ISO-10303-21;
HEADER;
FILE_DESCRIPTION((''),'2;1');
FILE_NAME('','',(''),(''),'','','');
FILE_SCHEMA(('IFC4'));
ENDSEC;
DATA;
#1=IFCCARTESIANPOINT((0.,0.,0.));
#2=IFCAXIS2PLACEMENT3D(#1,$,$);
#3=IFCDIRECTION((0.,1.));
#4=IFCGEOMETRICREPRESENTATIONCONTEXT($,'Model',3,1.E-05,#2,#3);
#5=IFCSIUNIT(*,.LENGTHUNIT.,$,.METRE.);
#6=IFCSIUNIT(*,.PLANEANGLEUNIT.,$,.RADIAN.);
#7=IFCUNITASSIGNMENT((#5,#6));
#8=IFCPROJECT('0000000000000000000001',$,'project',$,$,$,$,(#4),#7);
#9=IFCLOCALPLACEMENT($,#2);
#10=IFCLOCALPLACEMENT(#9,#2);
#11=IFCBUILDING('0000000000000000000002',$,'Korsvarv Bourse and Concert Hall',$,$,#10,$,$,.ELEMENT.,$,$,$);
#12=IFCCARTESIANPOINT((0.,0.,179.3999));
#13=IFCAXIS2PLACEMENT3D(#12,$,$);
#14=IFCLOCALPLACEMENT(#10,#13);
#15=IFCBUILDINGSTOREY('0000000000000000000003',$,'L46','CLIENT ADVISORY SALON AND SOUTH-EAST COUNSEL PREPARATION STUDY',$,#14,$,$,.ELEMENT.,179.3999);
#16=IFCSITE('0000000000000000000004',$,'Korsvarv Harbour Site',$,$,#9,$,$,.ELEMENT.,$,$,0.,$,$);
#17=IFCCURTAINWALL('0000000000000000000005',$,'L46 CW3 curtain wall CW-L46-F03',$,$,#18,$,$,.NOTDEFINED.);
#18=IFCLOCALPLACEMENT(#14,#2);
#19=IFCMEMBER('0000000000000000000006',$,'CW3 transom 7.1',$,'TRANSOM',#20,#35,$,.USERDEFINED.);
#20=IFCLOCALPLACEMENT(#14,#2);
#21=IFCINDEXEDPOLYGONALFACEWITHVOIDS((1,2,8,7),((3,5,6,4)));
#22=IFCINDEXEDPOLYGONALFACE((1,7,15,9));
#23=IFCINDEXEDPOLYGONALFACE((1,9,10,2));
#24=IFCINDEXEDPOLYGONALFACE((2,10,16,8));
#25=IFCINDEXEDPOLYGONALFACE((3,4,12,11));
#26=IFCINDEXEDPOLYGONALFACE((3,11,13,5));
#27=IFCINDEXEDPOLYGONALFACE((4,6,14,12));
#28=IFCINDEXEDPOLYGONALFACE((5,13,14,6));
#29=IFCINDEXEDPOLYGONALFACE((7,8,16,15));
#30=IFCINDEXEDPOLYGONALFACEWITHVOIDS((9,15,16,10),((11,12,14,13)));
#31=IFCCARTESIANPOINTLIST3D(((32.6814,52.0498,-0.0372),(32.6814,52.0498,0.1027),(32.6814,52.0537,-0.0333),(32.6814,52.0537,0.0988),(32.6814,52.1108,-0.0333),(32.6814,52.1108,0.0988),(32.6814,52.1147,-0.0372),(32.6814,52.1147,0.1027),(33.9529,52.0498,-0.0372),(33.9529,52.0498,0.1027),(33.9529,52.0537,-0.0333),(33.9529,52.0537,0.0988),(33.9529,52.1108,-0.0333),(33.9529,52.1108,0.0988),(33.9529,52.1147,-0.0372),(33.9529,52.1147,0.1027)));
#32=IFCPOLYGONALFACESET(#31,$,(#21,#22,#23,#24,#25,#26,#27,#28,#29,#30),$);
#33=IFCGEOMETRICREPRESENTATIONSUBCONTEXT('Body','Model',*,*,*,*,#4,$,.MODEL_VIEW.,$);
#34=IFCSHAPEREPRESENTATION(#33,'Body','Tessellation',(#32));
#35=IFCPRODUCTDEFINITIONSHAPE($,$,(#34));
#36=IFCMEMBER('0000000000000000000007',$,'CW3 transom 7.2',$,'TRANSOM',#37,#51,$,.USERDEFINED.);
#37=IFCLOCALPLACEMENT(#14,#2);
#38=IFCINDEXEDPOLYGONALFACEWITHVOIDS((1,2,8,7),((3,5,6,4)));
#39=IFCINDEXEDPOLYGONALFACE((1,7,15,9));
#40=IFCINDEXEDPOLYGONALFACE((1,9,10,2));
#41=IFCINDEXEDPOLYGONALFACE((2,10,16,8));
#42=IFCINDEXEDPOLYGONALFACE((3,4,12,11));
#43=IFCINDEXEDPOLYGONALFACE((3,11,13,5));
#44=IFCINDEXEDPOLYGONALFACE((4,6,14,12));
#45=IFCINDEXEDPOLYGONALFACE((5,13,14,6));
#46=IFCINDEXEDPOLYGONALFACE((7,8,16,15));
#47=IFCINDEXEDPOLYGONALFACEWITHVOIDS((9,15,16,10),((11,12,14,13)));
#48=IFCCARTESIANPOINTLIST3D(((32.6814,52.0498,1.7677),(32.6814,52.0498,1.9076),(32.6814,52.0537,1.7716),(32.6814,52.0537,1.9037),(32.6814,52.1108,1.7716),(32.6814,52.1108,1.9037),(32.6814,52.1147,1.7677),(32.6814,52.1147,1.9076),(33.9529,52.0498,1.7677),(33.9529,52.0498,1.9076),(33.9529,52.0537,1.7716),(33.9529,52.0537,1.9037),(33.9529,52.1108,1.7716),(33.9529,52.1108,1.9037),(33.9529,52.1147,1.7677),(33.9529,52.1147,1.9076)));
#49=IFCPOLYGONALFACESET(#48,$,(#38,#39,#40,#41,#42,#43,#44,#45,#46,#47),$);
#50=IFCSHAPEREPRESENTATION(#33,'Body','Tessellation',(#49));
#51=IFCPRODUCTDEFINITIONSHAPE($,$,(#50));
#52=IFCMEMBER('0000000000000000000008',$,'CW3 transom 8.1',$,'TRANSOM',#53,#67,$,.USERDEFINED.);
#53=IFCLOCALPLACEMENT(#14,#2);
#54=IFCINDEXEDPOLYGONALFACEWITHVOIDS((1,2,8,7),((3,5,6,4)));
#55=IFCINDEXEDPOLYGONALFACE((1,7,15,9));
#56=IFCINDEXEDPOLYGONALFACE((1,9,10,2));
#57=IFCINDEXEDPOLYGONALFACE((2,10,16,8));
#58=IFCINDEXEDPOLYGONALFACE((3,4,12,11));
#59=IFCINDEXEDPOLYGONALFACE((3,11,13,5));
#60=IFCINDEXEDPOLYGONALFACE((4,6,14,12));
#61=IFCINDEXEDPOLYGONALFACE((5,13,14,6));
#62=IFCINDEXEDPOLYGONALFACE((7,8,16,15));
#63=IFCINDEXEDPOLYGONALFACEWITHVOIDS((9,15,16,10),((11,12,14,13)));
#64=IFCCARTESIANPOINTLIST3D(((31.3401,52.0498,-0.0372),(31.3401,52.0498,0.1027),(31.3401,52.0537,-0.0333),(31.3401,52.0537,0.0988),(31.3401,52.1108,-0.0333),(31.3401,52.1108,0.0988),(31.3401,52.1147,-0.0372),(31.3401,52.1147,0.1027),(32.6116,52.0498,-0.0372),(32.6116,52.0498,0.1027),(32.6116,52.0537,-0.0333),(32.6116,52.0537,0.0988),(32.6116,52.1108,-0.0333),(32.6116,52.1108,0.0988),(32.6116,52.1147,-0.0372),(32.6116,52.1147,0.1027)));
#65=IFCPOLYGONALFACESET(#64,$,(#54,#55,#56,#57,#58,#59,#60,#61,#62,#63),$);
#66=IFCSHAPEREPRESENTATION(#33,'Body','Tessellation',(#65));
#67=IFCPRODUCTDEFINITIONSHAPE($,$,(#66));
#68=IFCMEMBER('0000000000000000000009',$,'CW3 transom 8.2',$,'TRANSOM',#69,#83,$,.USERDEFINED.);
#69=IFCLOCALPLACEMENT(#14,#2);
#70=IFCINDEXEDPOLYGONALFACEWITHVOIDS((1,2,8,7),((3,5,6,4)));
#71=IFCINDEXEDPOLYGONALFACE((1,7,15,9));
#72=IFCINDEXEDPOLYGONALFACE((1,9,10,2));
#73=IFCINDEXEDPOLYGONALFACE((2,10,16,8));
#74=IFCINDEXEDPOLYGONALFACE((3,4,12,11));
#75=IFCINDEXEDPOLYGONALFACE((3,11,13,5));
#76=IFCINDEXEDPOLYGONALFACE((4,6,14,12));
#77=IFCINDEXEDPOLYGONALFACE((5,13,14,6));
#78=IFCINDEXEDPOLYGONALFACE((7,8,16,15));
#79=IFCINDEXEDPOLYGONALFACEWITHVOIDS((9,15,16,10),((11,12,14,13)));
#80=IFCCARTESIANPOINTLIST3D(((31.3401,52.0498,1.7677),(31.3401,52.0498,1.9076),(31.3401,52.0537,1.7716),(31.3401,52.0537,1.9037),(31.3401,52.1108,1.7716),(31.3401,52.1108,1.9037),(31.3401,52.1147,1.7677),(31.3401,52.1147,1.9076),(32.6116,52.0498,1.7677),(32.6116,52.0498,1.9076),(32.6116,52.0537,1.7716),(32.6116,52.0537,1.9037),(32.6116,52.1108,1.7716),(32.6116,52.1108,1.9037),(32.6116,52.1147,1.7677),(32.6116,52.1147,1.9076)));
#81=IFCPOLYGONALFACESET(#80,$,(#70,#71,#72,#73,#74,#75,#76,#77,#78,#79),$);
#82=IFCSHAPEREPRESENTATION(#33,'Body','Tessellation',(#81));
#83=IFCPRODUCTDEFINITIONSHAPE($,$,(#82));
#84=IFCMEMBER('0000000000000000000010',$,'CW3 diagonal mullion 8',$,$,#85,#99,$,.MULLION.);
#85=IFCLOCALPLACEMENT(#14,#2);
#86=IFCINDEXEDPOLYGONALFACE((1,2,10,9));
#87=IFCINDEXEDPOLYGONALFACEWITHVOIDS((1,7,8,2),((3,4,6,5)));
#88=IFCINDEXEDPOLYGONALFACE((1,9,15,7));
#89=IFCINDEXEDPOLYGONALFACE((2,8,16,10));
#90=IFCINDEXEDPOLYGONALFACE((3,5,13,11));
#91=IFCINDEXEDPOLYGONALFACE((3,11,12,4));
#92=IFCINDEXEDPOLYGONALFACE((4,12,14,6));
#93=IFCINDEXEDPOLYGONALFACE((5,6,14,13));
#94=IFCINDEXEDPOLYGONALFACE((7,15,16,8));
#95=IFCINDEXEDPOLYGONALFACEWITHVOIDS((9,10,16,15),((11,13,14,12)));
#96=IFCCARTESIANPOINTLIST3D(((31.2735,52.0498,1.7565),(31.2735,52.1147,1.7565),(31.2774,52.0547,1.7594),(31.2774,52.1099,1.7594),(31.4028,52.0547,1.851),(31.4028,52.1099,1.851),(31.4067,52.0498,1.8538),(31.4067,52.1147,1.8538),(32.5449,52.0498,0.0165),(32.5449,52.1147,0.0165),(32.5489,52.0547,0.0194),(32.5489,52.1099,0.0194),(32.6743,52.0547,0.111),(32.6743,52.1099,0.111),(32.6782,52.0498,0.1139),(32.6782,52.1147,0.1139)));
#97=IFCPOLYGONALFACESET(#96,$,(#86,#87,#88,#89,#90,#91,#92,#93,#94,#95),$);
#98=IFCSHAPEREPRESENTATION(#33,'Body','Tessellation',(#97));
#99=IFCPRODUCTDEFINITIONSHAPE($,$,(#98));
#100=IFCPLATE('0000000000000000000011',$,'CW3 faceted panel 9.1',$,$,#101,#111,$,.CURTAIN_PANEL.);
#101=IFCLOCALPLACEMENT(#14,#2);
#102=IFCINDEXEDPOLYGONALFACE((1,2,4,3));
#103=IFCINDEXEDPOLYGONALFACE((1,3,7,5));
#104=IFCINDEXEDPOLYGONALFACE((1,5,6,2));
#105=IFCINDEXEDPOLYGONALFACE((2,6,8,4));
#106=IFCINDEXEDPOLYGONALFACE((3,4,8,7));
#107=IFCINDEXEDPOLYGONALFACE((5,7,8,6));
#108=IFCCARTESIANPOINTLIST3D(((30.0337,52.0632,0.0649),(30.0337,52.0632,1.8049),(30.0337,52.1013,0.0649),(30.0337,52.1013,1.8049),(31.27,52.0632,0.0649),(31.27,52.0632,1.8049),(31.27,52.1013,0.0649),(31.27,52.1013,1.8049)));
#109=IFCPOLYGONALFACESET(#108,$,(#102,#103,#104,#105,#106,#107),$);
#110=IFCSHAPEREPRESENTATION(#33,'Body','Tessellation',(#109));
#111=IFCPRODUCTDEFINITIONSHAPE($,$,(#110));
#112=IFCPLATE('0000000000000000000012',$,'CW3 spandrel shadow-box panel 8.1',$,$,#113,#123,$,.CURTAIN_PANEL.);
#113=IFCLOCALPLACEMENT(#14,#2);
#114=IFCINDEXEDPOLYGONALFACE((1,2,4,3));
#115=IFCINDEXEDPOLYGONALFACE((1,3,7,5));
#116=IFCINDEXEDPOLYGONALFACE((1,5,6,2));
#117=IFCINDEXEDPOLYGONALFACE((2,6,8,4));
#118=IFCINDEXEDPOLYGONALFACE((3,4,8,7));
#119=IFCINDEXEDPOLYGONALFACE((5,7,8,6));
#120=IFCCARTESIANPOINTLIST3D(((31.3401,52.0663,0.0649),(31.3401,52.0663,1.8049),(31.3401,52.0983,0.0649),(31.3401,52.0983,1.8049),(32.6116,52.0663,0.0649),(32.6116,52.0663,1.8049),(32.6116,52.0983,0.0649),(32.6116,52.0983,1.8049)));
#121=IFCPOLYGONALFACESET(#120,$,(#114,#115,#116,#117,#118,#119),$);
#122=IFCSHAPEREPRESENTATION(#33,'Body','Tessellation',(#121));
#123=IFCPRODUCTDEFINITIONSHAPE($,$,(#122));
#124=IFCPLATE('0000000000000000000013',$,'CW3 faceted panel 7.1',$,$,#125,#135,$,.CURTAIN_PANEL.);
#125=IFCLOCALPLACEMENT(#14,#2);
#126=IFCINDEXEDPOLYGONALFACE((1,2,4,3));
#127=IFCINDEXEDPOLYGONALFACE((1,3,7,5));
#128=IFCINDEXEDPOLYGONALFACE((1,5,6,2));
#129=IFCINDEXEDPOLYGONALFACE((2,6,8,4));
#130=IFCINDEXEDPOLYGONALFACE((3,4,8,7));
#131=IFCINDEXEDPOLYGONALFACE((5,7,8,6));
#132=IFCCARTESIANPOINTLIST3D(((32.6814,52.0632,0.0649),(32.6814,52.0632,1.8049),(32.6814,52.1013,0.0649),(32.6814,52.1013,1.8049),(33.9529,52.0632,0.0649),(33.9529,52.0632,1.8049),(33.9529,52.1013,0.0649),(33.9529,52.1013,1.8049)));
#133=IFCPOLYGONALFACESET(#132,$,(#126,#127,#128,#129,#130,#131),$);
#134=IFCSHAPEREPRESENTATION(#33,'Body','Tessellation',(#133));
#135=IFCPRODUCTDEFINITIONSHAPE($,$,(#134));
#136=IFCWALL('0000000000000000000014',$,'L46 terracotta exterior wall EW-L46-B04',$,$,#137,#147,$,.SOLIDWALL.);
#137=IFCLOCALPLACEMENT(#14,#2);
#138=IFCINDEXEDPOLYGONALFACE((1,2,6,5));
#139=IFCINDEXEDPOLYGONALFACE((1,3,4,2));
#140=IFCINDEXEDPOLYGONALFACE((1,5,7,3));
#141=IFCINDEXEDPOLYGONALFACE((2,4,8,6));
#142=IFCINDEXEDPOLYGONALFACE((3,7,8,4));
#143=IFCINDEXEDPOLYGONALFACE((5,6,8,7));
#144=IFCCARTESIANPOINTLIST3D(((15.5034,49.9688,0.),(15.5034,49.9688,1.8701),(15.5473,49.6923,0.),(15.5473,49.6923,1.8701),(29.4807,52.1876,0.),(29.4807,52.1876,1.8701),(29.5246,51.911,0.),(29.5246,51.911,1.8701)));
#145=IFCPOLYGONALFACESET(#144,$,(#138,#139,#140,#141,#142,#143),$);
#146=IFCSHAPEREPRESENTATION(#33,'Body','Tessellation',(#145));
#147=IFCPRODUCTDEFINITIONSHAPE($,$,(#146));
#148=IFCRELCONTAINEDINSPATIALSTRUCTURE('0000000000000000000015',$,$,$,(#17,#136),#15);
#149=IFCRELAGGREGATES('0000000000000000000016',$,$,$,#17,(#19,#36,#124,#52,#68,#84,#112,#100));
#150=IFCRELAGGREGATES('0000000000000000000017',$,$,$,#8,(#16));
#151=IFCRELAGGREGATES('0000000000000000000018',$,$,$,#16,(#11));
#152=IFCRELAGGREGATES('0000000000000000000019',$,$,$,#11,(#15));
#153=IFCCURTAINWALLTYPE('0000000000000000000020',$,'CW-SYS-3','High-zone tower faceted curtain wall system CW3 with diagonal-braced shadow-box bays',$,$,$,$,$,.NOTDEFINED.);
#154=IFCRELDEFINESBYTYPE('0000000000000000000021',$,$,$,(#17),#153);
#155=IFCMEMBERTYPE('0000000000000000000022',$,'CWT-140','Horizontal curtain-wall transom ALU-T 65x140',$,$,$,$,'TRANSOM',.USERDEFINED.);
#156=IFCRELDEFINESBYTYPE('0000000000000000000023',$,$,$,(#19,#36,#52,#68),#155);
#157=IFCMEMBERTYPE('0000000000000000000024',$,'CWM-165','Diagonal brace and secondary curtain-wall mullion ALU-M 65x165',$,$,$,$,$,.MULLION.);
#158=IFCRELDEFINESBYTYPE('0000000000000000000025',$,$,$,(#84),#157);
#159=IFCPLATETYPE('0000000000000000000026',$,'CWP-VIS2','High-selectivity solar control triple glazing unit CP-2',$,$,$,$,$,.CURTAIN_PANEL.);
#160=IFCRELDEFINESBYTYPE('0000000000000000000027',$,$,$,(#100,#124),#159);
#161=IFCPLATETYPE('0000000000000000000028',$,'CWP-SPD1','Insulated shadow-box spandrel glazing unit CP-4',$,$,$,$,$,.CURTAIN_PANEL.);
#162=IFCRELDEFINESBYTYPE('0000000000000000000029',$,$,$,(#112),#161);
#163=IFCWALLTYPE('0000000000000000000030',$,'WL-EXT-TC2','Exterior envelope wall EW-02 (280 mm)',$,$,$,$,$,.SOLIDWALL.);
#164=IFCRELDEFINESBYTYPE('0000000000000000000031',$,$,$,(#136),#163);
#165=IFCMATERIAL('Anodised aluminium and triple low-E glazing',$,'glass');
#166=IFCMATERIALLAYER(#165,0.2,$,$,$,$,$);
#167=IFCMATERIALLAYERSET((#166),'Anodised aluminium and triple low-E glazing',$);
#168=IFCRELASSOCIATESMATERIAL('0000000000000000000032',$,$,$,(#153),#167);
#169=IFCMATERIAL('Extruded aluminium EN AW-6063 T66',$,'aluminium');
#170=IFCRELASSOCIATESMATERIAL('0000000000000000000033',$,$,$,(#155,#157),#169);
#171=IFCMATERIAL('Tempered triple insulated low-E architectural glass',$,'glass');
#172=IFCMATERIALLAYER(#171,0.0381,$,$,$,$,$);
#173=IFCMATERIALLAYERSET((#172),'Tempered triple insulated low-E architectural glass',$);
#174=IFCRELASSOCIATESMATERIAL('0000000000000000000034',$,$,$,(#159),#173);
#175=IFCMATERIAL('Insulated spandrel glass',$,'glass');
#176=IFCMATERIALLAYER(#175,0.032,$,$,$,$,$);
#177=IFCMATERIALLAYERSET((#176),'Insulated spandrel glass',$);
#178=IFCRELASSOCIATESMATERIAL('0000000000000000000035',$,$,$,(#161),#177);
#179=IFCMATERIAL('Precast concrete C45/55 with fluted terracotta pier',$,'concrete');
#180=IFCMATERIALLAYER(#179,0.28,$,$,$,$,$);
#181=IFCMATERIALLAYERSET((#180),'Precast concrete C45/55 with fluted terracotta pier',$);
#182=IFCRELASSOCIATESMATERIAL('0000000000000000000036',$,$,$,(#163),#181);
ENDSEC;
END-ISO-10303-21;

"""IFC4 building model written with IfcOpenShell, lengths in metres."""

from ifc_helpers import new_model, si_unit, direction, frame, frame_2d, origin, origin_2d, place, context, subcontext, project, spatial, rectangle, hollow_rectangle, extrude, source, transform, mapped, material, layer, layer_set, material_profile, profile_set, type_object, element, aggregate, save


model = new_model("IFC4")

# Units and contexts
model_context = context("Model", 3, precision=1e-05, world=origin(), true_north=direction((0.0, 1.0)))
body_context = subcontext(model_context, "Body", "Model", "MODEL_VIEW")
ifc_project = project(units=[si_unit("LENGTHUNIT", "METRE"), si_unit("PLANEANGLEUNIT", "RADIAN")], contexts=[model_context])

# Site, building, storey
site_placement = place(None, origin())
site = spatial("IfcSite", under=ifc_project, at=site_placement, Name="Korsvarv Harbour Site", CompositionType="ELEMENT", RefElevation=0.0)
building_placement = place(site_placement, origin())
building = spatial("IfcBuilding", under=site, at=building_placement, Name="Korsvarv Bourse and Concert Hall", CompositionType="ELEMENT")
storey_placement = place(building_placement, frame((0.0, 0.0, 179.3999)))
storey = spatial("IfcBuildingStorey", under=building, at=storey_placement, Name="L46", Description="CLIENT ADVISORY SALON AND SOUTH-EAST COUNSEL PREPARATION STUDY", CompositionType="ELEMENT", Elevation=179.3999)

# Curtain wall, members, plates
ifc_material_1 = material(Name="Anodised aluminium and triple low-E glazing", Category="glass")
ifc_layer_1 = layer(ifc_material_1, 0.2)
ifc_layer_set_1 = layer_set([ifc_layer_1], Name="Anodised aluminium and triple low-E glazing")
curtain_wall_type = type_object("IfcCurtainWallType", Name="CW-SYS-3", Description="High-zone tower faceted curtain wall system CW3 with diagonal-braced shadow-box bays", PredefinedType="NOTDEFINED", material=ifc_layer_set_1)
curtain_wall_placement = place(storey_placement, origin())
curtain_wall = element("IfcCurtainWall", 1, at=curtain_wall_placement, inside=storey, type_object=curtain_wall_type, Name="L46 CW3 curtain wall CW-L46-F03", PredefinedType="NOTDEFINED")
ifc_material_2 = material(Name="Extruded aluminium EN AW-6063 T66", Category="aluminium")
ifc_material_profile_1 = material_profile(ifc_material_2, hollow_rectangle(XDim=0.0649, YDim=0.1399, WallThickness=0.0039, at=origin_2d()), Name="ALU-T 65x140")
ifc_profile_set_1 = profile_set([ifc_material_profile_1], Name="Extruded aluminium EN AW-6063 T66")
member_type_1 = type_object("IfcMemberType", Name="CWT-140", Description="Horizontal curtain-wall transom ALU-T 65x140", ElementType="TRANSOM", PredefinedType="USERDEFINED", material=ifc_profile_set_1)
shared_shape_1 = source(origin(), body_context, "Body", "SweptSolid", [
    extrude(hollow_rectangle(XDim=0.0649, YDim=0.1399, WallThickness=0.0039, at=origin_2d()), origin(), (0.0, 0.0, 1.0), 1.2715),
])
member_1_placement = place(storey_placement, frame((33.9529, 52.0823, 0.0327), z_axis=(-1.0, 0.0, 0.0), x_axis=(0.0, -1.0, 0.0)))
member_1 = element("IfcMember", 2, at=member_1_placement, type_object=member_type_1, Name="CW3 transom 7.1", ObjectType="TRANSOM", PredefinedType="USERDEFINED", context=body_context, shape_type="MappedRepresentation", body=[
    mapped(shared_shape_1, transform((0.0, 0.0, 0.0), scale=1.0)),
])
member_2_placement = place(storey_placement, frame((33.9529, 52.0823, 1.8376), z_axis=(-1.0, 0.0, 0.0), x_axis=(0.0, -1.0, 0.0)))
member_2 = element("IfcMember", 3, at=member_2_placement, type_object=member_type_1, Name="CW3 transom 7.2", ObjectType="TRANSOM", PredefinedType="USERDEFINED", context=body_context, shape_type="MappedRepresentation", body=[
    mapped(shared_shape_1, transform((0.0, 0.0, 0.0), scale=1.0)),
])
member_3_placement = place(storey_placement, frame((32.6116, 52.0823, 0.0327), z_axis=(-1.0, 0.0, 0.0), x_axis=(0.0, -1.0, 0.0)))
member_3 = element("IfcMember", 4, at=member_3_placement, type_object=member_type_1, Name="CW3 transom 8.1", ObjectType="TRANSOM", PredefinedType="USERDEFINED", context=body_context, shape_type="MappedRepresentation", body=[
    mapped(shared_shape_1, transform((0.0, 0.0, 0.0), scale=1.0)),
])
member_4_placement = place(storey_placement, frame((32.6116, 52.0823, 1.8376), z_axis=(-1.0, 0.0, 0.0), x_axis=(0.0, -1.0, 0.0)))
member_4 = element("IfcMember", 5, at=member_4_placement, type_object=member_type_1, Name="CW3 transom 8.2", ObjectType="TRANSOM", PredefinedType="USERDEFINED", context=body_context, shape_type="MappedRepresentation", body=[
    mapped(shared_shape_1, transform((0.0, 0.0, 0.0), scale=1.0)),
])
ifc_material_profile_2 = material_profile(ifc_material_2, hollow_rectangle(XDim=0.0649, YDim=0.165, WallThickness=0.0049, at=origin_2d()), Name="ALU-M 65x165")
ifc_profile_set_2 = profile_set([ifc_material_profile_2], Name="Extruded aluminium EN AW-6063 T66")
member_type_2 = type_object("IfcMemberType", Name="CWM-165", Description="Diagonal brace and secondary curtain-wall mullion ALU-M 65x165", PredefinedType="MULLION", material=ifc_profile_set_2)
shared_shape_2 = source(origin(), body_context, "Body", "SweptSolid", [
    extrude(hollow_rectangle(XDim=0.0649, YDim=0.165, WallThickness=0.0049, at=origin_2d()), origin(), (0.0, 0.0, 1.0), 2.155),
])
member_5_placement = place(storey_placement, frame((32.6116, 52.0823, 0.0652), z_axis=(-0.590002, 0.0, 0.807402), x_axis=(0.0, -1.0, 0.0)))
member_5 = element("IfcMember", 6, at=member_5_placement, type_object=member_type_2, Name="CW3 diagonal mullion 8", PredefinedType="MULLION", context=body_context, shape_type="MappedRepresentation", body=[
    mapped(shared_shape_2, transform((0.0, 0.0, 0.0), scale=1.0)),
])
ifc_material_3 = material(Name="Tempered triple insulated low-E architectural glass", Category="glass")
ifc_layer_2 = layer(ifc_material_3, 0.0381)
ifc_layer_set_2 = layer_set([ifc_layer_2], Name="Tempered triple insulated low-E architectural glass")
plate_type_1 = type_object("IfcPlateType", Name="CWP-VIS2", Description="High-selectivity solar control triple glazing unit CP-2", PredefinedType="CURTAIN_PANEL", material=ifc_layer_set_2)
shared_shape_3 = source(origin(), body_context, "Body", "SweptSolid", [
    extrude(rectangle(XDim=1.2363, YDim=0.0381, at=origin_2d()), origin(), (0.0, 0.0, 1.0), 1.74),
])
plate_1_placement = place(storey_placement, frame((30.6519, 52.0823, 0.0649), z_axis=(0.0, 0.0, 1.0), x_axis=(-1.0, 0.0, 0.0)))
plate_1 = element("IfcPlate", 7, at=plate_1_placement, type_object=plate_type_1, Name="CW3 faceted panel 9.1", PredefinedType="CURTAIN_PANEL", context=body_context, shape_type="MappedRepresentation", body=[
    mapped(shared_shape_3, transform((0.0, 0.0, 0.0), scale=1.0)),
])
ifc_material_4 = material(Name="Insulated spandrel glass", Category="glass")
ifc_layer_3 = layer(ifc_material_4, 0.032)
ifc_layer_set_3 = layer_set([ifc_layer_3], Name="Insulated spandrel glass")
plate_type_2 = type_object("IfcPlateType", Name="CWP-SPD1", Description="Insulated shadow-box spandrel glazing unit CP-4", PredefinedType="CURTAIN_PANEL", material=ifc_layer_set_3)
shared_shape_4 = source(origin(), body_context, "Body", "SweptSolid", [
    extrude(rectangle(XDim=1.2715, YDim=0.032, at=origin_2d()), origin(), (0.0, 0.0, 1.0), 1.74),
])
plate_2_placement = place(storey_placement, frame((31.9758, 52.0823, 0.0649), z_axis=(0.0, 0.0, 1.0), x_axis=(-1.0, 0.0, 0.0)))
plate_2 = element("IfcPlate", 8, at=plate_2_placement, type_object=plate_type_2, Name="CW3 spandrel shadow-box panel 8.1", PredefinedType="CURTAIN_PANEL", context=body_context, shape_type="MappedRepresentation", body=[
    mapped(shared_shape_4, transform((0.0, 0.0, 0.0), scale=1.0)),
])
shared_shape_5 = source(origin(), body_context, "Body", "SweptSolid", [
    extrude(rectangle(XDim=1.2715, YDim=0.0381, at=origin_2d()), origin(), (0.0, 0.0, 1.0), 1.74),
])
plate_3_placement = place(storey_placement, frame((33.3171, 52.0823, 0.0649), z_axis=(0.0, 0.0, 1.0), x_axis=(-1.0, 0.0, 0.0)))
plate_3 = element("IfcPlate", 9, at=plate_3_placement, type_object=plate_type_1, Name="CW3 faceted panel 7.1", PredefinedType="CURTAIN_PANEL", context=body_context, shape_type="MappedRepresentation", body=[
    mapped(shared_shape_5, transform((0.0, 0.0, 0.0), scale=1.0)),
])
aggregate(curtain_wall, [member_1, member_2, plate_3, member_3, member_4, member_5, plate_2, plate_1])

# Wall
ifc_material_5 = material(Name="Precast concrete C45/55 with fluted terracotta pier", Category="concrete")
ifc_layer_4 = layer(ifc_material_5, 0.28)
ifc_layer_set_4 = layer_set([ifc_layer_4], Name="Precast concrete C45/55 with fluted terracotta pier")
wall_type = type_object("IfcWallType", Name="WL-EXT-TC2", Description="Exterior envelope wall EW-02 (280 mm)", PredefinedType="SOLIDWALL", material=ifc_layer_set_4)
wall_placement = place(storey_placement, frame((29.5027, 52.0493, 0.0), z_axis=(0.0, 0.0, 1.0), x_axis=(-0.987634, -0.156777, 0.0)))
element("IfcWall", 10, at=wall_placement, inside=storey, type_object=wall_type, Name="L46 terracotta exterior wall EW-L46-B04", PredefinedType="SOLIDWALL", context=body_context, shape_type="SweptSolid", body=[
    extrude(rectangle(XDim=14.1523, YDim=0.28, at=frame_2d((7.0762, 0.0))), origin(), (0.0, 0.0, 1.0), 1.8701),
])

save(model, "model.ifc")
